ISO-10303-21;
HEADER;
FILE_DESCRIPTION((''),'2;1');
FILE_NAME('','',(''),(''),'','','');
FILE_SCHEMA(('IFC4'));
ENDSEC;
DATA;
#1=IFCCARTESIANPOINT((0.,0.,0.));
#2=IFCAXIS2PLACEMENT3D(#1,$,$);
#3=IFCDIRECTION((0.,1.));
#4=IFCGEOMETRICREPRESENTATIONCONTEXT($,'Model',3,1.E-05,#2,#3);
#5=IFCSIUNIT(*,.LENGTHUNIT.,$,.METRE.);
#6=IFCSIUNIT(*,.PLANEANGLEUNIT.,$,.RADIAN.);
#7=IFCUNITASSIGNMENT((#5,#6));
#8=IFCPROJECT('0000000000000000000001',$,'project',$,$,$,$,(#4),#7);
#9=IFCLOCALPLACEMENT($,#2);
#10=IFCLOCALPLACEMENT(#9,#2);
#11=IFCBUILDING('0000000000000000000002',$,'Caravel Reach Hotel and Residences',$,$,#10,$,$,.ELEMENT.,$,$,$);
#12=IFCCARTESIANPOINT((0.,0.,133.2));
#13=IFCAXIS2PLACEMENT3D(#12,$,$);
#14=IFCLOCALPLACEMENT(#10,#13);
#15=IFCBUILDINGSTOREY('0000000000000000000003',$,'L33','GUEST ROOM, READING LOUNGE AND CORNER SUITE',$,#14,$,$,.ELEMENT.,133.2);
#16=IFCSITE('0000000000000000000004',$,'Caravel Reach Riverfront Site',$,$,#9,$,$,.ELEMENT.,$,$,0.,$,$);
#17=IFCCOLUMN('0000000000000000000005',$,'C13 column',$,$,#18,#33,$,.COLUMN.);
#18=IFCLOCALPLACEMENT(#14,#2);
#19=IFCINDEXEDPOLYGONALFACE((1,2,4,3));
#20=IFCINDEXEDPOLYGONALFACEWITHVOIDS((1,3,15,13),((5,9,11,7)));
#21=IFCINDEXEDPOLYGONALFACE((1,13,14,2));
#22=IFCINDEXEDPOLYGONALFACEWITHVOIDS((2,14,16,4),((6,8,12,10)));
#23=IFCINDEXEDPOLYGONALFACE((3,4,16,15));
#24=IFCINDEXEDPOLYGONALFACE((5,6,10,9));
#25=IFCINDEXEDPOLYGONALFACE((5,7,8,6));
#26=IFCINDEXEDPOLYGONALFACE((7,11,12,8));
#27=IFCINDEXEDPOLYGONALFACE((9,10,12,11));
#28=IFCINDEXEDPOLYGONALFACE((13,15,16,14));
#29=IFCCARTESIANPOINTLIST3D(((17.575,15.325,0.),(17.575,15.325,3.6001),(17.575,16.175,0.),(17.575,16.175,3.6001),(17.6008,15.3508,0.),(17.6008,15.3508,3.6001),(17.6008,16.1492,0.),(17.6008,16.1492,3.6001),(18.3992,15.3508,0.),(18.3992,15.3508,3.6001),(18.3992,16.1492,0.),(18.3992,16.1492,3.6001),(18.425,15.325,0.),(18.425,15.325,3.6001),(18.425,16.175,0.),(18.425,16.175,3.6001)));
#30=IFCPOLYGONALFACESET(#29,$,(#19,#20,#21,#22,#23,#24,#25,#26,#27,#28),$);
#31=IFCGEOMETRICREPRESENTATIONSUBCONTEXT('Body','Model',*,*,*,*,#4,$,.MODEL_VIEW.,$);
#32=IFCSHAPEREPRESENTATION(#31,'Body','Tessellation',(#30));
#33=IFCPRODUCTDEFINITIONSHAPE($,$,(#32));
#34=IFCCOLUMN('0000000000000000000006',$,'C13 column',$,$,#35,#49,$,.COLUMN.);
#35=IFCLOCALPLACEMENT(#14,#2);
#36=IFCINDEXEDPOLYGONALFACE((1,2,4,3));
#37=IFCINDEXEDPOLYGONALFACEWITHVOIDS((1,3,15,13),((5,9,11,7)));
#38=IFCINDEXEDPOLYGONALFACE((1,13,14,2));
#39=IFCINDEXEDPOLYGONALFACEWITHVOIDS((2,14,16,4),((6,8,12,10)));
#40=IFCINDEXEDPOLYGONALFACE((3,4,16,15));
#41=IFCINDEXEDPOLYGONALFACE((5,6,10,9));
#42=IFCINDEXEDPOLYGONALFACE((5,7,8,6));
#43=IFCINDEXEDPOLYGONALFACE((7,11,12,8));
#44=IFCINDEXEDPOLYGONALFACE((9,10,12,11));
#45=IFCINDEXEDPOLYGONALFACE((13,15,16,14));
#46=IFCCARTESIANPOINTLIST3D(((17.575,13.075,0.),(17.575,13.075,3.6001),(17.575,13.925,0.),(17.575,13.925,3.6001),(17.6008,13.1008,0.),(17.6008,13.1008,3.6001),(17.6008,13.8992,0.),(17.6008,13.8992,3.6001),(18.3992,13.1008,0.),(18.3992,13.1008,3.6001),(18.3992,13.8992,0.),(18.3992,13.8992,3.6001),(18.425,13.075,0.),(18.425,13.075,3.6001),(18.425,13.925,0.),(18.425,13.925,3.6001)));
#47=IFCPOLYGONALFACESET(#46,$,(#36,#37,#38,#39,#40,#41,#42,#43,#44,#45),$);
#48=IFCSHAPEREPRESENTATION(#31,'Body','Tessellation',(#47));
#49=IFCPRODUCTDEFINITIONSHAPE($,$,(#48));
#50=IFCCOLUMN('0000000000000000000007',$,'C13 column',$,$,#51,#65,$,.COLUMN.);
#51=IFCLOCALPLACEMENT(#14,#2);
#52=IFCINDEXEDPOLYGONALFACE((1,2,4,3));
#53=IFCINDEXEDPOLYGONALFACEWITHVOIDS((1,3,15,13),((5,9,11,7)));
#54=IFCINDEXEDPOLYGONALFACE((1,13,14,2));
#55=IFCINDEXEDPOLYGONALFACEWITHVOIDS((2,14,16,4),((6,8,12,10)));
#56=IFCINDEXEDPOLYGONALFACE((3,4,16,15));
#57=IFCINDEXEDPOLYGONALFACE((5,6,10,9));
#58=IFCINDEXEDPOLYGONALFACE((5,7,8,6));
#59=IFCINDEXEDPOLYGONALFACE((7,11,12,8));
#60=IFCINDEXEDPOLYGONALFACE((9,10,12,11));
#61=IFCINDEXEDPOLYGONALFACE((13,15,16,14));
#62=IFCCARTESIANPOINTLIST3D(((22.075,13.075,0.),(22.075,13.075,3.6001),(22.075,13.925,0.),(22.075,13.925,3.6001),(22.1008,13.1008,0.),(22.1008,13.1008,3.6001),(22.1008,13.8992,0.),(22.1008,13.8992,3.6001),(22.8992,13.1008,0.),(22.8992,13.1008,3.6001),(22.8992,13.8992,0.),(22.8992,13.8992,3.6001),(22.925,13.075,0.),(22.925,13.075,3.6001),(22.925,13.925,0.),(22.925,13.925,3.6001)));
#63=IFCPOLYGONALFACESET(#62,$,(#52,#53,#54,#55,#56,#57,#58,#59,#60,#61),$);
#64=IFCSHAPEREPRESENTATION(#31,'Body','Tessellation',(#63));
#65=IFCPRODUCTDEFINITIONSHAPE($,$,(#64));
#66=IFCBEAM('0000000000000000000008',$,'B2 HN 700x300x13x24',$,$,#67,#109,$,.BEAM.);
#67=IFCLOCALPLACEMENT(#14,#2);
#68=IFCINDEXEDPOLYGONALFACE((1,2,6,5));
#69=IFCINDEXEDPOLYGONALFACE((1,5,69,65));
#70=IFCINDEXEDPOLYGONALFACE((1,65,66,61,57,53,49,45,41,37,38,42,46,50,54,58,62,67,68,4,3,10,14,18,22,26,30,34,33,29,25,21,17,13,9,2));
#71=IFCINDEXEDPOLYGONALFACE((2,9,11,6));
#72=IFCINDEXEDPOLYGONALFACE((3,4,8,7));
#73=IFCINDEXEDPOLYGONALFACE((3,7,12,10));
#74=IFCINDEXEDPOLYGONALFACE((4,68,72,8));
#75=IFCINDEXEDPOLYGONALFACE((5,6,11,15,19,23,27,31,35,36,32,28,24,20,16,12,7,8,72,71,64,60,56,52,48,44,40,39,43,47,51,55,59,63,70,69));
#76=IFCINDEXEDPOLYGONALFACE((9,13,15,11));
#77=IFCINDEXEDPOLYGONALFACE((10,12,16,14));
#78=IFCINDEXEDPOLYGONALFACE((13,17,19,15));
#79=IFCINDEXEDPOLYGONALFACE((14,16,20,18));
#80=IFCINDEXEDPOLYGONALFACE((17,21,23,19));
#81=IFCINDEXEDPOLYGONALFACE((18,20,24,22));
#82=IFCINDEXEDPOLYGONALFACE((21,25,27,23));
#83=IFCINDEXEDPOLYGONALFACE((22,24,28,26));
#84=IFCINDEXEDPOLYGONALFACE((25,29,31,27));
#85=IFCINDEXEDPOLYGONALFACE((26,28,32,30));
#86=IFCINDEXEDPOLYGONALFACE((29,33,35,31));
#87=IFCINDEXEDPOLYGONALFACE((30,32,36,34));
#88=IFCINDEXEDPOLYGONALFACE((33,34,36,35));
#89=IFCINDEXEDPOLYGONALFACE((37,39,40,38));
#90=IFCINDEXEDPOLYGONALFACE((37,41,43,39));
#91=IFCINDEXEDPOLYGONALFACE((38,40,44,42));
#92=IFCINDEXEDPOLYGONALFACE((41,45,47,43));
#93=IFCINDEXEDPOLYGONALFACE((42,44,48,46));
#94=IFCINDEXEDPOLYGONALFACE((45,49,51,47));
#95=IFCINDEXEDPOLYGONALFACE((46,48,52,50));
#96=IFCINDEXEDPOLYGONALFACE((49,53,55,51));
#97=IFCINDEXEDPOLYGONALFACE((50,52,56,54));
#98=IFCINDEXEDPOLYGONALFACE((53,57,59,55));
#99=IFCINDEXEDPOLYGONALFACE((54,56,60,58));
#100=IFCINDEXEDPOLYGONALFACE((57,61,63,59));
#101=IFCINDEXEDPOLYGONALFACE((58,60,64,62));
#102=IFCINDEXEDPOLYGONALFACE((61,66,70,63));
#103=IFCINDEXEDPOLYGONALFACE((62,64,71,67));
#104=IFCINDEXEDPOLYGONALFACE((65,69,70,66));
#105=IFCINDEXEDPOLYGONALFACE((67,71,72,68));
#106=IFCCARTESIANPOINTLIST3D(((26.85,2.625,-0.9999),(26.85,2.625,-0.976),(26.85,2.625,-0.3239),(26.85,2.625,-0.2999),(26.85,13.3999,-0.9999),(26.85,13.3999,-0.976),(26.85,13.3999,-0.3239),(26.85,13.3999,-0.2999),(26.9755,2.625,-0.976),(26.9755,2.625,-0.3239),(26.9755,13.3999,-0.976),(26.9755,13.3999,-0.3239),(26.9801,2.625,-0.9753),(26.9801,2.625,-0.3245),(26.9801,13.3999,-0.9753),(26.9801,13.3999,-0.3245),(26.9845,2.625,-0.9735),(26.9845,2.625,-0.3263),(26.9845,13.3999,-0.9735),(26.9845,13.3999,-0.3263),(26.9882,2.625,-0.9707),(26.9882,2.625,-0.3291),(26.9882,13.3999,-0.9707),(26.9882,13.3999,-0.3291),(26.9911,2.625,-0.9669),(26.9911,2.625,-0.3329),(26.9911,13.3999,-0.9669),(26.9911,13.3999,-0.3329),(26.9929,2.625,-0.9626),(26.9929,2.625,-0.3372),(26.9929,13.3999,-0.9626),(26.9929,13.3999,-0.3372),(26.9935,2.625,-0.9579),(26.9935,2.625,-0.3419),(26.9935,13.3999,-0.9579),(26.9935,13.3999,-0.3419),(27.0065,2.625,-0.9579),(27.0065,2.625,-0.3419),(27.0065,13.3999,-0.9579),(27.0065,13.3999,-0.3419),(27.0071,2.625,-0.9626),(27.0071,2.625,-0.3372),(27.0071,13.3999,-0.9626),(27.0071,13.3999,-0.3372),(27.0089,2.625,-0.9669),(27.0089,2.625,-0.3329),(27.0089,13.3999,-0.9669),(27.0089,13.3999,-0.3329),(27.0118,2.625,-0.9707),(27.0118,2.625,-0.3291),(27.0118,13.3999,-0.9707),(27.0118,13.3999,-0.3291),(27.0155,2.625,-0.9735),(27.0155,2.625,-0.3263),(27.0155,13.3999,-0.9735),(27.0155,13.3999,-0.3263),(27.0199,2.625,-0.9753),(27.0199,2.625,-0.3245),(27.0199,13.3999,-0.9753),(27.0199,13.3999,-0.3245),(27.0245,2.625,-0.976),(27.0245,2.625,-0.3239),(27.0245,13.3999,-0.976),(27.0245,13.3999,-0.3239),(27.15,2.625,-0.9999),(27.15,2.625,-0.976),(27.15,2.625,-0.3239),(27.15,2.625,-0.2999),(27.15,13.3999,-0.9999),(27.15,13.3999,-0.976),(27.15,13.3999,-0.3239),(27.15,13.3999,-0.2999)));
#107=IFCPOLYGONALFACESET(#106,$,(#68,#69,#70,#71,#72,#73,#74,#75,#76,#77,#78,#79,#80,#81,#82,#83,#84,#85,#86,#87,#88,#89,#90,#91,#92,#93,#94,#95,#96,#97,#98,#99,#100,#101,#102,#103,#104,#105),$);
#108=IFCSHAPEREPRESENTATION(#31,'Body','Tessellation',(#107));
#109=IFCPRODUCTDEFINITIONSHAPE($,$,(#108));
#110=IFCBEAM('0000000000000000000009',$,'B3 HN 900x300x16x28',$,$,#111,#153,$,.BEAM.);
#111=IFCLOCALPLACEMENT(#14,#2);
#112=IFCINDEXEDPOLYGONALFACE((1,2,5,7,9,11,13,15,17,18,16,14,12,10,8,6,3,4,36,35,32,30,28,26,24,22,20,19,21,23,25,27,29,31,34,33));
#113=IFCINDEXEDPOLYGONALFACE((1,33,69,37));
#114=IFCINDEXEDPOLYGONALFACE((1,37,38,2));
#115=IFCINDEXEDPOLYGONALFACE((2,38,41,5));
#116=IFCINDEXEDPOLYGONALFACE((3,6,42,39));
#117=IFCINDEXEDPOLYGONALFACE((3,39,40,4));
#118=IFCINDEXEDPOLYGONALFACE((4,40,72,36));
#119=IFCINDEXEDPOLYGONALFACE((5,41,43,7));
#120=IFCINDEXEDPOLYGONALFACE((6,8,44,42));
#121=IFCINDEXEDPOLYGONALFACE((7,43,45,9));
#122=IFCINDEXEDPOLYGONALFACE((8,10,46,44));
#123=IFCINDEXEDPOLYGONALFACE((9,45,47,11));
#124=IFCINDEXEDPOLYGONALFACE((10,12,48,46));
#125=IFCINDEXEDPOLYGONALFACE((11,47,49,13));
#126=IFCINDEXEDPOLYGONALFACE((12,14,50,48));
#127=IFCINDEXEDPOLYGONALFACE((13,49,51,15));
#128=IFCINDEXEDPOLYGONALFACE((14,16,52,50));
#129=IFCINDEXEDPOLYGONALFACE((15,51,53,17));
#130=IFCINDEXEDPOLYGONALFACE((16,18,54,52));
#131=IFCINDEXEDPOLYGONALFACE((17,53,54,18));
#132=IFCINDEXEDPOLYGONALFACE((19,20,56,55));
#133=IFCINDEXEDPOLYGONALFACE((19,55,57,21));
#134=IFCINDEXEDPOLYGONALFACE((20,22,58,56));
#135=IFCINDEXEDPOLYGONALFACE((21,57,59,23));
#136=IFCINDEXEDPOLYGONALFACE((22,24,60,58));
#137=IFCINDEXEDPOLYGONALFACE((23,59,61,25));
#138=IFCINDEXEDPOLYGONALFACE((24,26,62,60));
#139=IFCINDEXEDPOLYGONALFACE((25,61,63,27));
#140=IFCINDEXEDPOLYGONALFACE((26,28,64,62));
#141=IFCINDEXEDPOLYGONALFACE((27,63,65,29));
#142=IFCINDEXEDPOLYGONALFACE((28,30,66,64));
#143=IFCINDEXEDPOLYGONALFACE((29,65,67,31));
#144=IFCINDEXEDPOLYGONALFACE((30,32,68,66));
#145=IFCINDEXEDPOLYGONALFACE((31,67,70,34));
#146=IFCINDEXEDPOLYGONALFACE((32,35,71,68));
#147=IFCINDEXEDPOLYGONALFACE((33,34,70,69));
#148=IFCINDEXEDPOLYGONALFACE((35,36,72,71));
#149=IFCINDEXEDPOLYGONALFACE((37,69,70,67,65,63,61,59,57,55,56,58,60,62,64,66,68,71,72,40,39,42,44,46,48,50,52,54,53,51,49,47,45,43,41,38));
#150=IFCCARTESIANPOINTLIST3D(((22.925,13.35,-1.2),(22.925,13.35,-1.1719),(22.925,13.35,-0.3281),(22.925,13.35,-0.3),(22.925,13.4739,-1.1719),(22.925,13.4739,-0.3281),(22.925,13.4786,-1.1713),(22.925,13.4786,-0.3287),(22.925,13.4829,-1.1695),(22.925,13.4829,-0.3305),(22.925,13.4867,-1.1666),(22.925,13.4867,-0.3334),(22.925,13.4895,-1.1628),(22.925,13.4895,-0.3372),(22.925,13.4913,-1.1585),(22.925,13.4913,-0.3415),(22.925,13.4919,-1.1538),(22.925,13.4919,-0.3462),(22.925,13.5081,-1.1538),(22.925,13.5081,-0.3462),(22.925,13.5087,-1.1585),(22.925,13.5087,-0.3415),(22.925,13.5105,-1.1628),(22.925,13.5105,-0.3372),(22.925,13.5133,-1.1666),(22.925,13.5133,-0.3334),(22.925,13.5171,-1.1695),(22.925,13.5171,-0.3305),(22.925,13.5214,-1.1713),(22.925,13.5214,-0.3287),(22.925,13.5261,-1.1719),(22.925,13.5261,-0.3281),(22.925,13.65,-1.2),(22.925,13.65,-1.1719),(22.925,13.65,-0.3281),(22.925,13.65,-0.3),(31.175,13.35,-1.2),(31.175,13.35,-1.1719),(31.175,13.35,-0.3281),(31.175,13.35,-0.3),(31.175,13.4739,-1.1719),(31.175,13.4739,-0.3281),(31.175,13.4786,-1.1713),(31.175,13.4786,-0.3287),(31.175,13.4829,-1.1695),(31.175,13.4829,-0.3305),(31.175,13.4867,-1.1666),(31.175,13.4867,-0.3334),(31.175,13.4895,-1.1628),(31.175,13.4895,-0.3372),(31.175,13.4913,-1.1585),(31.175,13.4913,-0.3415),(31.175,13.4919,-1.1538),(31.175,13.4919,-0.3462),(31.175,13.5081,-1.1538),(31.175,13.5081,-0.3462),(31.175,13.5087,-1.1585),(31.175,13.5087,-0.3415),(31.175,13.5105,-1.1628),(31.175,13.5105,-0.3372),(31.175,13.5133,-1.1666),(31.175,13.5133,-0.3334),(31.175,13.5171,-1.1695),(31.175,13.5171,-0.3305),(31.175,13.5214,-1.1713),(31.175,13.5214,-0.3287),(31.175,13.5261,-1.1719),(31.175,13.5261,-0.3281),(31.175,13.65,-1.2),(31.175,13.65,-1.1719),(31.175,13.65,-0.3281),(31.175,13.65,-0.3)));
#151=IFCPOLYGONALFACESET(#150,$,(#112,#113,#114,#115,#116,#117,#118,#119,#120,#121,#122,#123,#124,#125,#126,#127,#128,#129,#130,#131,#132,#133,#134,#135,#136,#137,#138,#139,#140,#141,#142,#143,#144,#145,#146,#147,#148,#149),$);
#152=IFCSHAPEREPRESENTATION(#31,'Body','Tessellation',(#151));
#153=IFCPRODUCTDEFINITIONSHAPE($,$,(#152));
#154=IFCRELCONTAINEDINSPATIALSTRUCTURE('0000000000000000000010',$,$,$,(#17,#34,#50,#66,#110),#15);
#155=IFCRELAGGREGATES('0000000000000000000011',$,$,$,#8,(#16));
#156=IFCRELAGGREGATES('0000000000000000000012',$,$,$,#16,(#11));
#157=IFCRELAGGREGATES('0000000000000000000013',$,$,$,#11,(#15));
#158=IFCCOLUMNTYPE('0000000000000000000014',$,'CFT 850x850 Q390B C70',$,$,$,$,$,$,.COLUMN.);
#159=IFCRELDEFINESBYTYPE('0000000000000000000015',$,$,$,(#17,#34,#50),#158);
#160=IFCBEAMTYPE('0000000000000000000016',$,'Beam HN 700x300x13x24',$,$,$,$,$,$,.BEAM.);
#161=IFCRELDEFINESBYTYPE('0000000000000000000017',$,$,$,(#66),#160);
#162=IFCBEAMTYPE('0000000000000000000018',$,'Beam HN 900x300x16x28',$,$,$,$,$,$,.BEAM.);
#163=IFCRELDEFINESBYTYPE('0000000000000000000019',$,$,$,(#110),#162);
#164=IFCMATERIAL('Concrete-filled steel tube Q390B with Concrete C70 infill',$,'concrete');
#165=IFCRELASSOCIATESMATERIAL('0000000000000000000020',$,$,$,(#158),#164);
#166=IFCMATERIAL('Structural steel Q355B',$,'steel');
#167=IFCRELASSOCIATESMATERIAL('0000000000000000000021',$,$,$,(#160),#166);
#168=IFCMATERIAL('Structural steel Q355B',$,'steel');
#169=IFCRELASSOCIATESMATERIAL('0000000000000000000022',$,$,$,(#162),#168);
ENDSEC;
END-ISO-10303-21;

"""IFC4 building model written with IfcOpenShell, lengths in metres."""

from ifc_helpers import new_model, si_unit, direction, frame, origin, origin_2d, place, context, subcontext, project, spatial, hollow_rectangle, i_section, extrude, material, material_profile, profile_set, type_object, element, save


model = new_model("IFC4")

# Units and contexts
model_context = context("Model", 3, precision=1e-05, world=origin(), true_north=direction((0.0, 1.0)))
body_context = subcontext(model_context, "Body", "Model", "MODEL_VIEW")
ifc_project = project(units=[si_unit("LENGTHUNIT", "METRE"), si_unit("PLANEANGLEUNIT", "RADIAN")], contexts=[model_context])

# Site, building, storey
site_placement = place(None, origin())
site = spatial("IfcSite", under=ifc_project, at=site_placement, Name="Caravel Reach Riverfront Site", CompositionType="ELEMENT", RefElevation=0.0)
building_placement = place(site_placement, origin())
building = spatial("IfcBuilding", under=site, at=building_placement, Name="Caravel Reach Hotel and Residences", CompositionType="ELEMENT")
storey_placement = place(building_placement, frame((0.0, 0.0, 133.2)))
storey = spatial("IfcBuildingStorey", under=building, at=storey_placement, Name="L33", Description="GUEST ROOM, READING LOUNGE AND CORNER SUITE", CompositionType="ELEMENT", Elevation=133.2)

# Columns
ifc_material_1 = material(Name="Concrete-filled steel tube Q390B with Concrete C70 infill", Category="concrete")
ifc_material_profile_1 = material_profile(ifc_material_1, hollow_rectangle(XDim=0.8501, YDim=0.8501, WallThickness=0.0259, at=origin_2d()), Name="RHS 850x850x26")
ifc_profile_set_1 = profile_set([ifc_material_profile_1], Name="Concrete-filled steel tube Q390B with Concrete C70 infill")
column_type = type_object("IfcColumnType", Name="CFT 850x850 Q390B C70", PredefinedType="COLUMN", material=ifc_profile_set_1)
for number, where, z_axis, x_axis, name in (
    (1, (18.0, 15.75, 0.0), (0.0, 0.0, 1.0), (1.0, 0.0, 0.0), "C13 column"),
    (2, (18.0, 13.5, 0.0), (0.0, 0.0, 1.0), (1.0, 0.0, 0.0), "C13 column"),
    (3, (22.5, 13.5, 0.0), (0.0, 0.0, 1.0), (1.0, 0.0, 0.0), "C13 column"),
):
    element("IfcColumn", number, at=place(storey_placement, frame(where, z_axis=z_axis, x_axis=x_axis)), inside=storey, type_object=column_type, Name=name, PredefinedType="COLUMN", context=body_context, shape_type="SweptSolid", body=[
        extrude(hollow_rectangle(XDim=0.8501, YDim=0.8501, WallThickness=0.0259, at=origin_2d()), origin(), (0.0, 0.0, 1.0), 3.6001),
    ])

# Beams
ifc_material_2 = material(Name="Structural steel Q355B", Category="steel")
ifc_material_profile_2 = material_profile(ifc_material_2, i_section(OverallWidth=0.3, OverallDepth=0.7, WebThickness=0.0129, FlangeThickness=0.0239, FilletRadius=0.0181, at=origin_2d()), Name="HN 700x300x13x24")
ifc_profile_set_2 = profile_set([ifc_material_profile_2], Name="Structural steel Q355B")
beam_type_1 = type_object("IfcBeamType", Name="Beam HN 700x300x13x24", PredefinedType="BEAM", material=ifc_profile_set_2)
beam_1_placement = place(storey_placement, frame((27.0, 13.3999, -0.6499), z_axis=(0.0, -1.0, 0.0), x_axis=(1.0, 0.0, 0.0)))
element("IfcBeam", 4, at=beam_1_placement, inside=storey, type_object=beam_type_1, Name="B2 HN 700x300x13x24", PredefinedType="BEAM", context=body_context, shape_type="SweptSolid", body=[
    extrude(i_section(OverallWidth=0.3, OverallDepth=0.7, WebThickness=0.0129, FlangeThickness=0.0239, FilletRadius=0.0181, at=origin_2d()), origin(), (0.0, 0.0, 1.0), 10.7749),
])
ifc_material_3 = material(Name="Structural steel Q355B", Category="steel")
ifc_material_profile_3 = material_profile(ifc_material_3, i_section(OverallWidth=0.3, OverallDepth=0.8999, WebThickness=0.0161, FlangeThickness=0.0281, FilletRadius=0.0181, at=origin_2d()), Name="HN 900x300x16x28")
ifc_profile_set_3 = profile_set([ifc_material_profile_3], Name="Structural steel Q355B")
beam_type_2 = type_object("IfcBeamType", Name="Beam HN 900x300x16x28", PredefinedType="BEAM", material=ifc_profile_set_3)
beam_2_placement = place(storey_placement, frame((22.925, 13.5, -0.75), z_axis=(1.0, 0.0, 0.0), x_axis=(0.0, 1.0, 0.0)))
element("IfcBeam", 5, at=beam_2_placement, inside=storey, type_object=beam_type_2, Name="B3 HN 900x300x16x28", PredefinedType="BEAM", context=body_context, shape_type="SweptSolid", body=[
    extrude(i_section(OverallWidth=0.3, OverallDepth=0.8999, WebThickness=0.0161, FlangeThickness=0.0281, FilletRadius=0.0181, at=origin_2d()), origin(), (0.0, 0.0, 1.0), 8.25),
])

save(model, "model.ifc")
